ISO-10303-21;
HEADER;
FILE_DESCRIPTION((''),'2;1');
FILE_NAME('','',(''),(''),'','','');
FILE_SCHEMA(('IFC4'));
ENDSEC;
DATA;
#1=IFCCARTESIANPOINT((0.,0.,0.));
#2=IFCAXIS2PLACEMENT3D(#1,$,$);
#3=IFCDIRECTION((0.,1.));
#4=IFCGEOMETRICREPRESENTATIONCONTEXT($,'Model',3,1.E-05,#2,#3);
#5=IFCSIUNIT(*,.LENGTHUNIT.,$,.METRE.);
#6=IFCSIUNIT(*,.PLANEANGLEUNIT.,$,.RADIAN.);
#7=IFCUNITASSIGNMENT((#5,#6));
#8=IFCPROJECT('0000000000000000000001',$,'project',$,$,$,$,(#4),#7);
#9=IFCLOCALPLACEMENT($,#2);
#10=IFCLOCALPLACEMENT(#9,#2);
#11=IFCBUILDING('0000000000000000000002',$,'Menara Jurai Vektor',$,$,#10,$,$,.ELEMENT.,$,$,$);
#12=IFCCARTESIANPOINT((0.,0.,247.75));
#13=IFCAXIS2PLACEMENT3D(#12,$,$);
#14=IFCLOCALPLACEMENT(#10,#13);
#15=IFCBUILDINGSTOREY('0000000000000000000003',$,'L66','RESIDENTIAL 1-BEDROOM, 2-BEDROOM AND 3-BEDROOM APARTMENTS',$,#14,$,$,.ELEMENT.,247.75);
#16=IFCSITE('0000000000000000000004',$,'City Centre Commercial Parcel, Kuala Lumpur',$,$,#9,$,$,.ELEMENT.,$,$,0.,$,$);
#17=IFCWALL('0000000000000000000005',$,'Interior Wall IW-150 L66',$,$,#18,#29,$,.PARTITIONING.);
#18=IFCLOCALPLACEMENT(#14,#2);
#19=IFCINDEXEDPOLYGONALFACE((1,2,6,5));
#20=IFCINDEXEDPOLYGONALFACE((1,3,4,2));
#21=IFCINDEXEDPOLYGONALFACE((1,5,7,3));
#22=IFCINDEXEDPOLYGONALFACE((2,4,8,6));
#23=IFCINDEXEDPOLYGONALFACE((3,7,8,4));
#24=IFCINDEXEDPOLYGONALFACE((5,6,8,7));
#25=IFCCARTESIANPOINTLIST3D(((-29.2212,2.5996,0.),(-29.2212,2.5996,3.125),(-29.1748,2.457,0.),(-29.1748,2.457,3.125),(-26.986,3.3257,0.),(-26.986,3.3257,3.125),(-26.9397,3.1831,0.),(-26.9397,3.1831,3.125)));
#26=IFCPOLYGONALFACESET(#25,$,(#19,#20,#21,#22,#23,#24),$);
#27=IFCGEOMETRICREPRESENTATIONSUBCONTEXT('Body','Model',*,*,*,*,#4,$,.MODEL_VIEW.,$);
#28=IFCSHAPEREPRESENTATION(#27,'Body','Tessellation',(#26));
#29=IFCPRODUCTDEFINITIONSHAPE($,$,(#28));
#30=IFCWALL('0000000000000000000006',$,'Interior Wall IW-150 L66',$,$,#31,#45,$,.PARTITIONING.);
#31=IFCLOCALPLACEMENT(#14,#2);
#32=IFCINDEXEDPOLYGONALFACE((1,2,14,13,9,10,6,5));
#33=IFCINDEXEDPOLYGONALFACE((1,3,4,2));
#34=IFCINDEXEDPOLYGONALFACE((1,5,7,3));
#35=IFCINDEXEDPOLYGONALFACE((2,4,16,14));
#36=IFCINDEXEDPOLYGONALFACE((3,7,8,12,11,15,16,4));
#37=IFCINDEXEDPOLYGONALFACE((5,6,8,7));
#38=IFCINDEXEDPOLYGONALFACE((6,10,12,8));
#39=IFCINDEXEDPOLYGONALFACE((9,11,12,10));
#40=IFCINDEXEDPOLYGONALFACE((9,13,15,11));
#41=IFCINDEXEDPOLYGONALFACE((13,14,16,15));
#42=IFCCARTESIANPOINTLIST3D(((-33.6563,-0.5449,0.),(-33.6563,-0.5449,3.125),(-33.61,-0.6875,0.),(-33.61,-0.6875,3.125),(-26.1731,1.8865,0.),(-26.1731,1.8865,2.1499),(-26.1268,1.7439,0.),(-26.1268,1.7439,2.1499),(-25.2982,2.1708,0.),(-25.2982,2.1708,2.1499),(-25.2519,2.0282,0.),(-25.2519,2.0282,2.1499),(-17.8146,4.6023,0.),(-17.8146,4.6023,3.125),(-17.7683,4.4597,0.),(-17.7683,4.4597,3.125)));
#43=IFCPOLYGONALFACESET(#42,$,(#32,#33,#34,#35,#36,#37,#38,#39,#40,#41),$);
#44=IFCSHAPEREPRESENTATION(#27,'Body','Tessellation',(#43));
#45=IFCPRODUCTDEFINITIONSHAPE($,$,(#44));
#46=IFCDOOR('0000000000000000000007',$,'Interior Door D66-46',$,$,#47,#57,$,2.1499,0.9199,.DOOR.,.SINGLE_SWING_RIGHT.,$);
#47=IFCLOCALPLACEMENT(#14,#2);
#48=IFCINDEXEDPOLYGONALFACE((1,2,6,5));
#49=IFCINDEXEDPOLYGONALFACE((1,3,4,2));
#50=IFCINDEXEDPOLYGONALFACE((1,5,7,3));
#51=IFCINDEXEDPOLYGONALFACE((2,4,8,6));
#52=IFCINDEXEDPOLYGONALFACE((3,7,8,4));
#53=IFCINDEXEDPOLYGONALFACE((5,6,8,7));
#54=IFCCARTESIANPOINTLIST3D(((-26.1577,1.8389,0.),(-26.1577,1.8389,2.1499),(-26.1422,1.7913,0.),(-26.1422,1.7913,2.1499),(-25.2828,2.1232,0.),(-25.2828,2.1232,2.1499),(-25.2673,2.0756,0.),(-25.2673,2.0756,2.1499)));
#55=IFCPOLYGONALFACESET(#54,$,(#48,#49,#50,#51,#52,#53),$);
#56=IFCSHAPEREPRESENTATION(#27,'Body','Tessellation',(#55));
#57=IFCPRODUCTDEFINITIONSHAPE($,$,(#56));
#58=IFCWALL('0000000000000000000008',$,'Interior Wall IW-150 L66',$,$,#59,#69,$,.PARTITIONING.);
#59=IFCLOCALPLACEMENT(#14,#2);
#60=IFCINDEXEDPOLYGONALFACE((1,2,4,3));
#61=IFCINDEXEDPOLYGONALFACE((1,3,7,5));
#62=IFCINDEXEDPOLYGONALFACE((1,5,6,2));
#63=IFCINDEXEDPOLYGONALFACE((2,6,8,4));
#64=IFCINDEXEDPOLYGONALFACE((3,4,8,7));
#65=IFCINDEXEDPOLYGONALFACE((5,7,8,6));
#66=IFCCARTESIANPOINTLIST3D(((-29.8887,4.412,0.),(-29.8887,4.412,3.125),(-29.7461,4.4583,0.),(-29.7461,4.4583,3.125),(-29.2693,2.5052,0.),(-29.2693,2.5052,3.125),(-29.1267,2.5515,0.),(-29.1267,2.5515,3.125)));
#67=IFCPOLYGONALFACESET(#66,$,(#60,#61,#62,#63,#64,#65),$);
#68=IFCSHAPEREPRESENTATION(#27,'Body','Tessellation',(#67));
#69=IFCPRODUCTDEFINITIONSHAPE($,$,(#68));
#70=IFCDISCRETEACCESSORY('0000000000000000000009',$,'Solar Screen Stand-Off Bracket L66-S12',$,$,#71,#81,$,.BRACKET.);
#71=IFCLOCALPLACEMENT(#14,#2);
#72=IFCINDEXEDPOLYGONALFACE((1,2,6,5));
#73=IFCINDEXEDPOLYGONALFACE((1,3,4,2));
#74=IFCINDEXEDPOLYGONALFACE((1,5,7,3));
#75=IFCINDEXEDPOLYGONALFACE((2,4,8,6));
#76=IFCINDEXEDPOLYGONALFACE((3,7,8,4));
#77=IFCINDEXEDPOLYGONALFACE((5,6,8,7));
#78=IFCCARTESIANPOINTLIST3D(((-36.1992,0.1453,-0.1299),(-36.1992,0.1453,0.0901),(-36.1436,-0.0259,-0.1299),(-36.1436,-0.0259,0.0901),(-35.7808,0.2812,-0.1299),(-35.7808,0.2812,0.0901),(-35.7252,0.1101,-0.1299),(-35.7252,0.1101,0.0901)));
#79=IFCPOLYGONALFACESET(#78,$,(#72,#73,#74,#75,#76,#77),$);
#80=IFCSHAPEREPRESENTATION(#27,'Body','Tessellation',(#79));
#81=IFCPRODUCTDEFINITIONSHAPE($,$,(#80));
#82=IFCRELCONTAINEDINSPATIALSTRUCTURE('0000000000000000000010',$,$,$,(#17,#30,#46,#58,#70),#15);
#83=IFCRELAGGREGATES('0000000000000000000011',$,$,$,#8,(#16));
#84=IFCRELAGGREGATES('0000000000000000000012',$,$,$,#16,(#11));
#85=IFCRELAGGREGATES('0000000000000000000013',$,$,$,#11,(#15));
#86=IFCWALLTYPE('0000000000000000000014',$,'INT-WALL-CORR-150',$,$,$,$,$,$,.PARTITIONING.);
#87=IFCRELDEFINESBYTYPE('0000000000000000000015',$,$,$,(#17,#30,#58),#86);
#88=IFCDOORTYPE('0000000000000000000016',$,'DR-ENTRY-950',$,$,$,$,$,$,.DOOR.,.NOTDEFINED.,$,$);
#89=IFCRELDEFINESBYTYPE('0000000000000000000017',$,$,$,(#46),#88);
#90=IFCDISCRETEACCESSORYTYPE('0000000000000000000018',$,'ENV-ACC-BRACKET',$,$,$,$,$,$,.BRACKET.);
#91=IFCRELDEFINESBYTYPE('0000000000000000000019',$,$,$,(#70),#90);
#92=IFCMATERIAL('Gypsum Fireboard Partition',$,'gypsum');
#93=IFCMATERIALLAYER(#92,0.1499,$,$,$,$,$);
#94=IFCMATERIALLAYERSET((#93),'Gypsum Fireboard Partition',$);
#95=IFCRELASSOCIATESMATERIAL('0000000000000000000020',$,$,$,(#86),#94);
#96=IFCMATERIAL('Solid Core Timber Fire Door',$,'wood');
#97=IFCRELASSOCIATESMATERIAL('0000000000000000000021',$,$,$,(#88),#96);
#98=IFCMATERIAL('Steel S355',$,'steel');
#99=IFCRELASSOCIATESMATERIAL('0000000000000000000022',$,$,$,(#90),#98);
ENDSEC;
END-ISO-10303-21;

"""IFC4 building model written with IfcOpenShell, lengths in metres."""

from ifc_helpers import new_model, si_unit, direction, frame, frame_2d, origin, origin_2d, place, context, subcontext, project, spatial, rectangle, extrude, material, layer, layer_set, type_object, element, fill, save


model = new_model("IFC4")

# Units and contexts
model_context = context("Model", 3, precision=1e-05, world=origin(), true_north=direction((0.0, 1.0)))
body_context = subcontext(model_context, "Body", "Model", "MODEL_VIEW")
ifc_project = project(units=[si_unit("LENGTHUNIT", "METRE"), si_unit("PLANEANGLEUNIT", "RADIAN")], contexts=[model_context])

# Site, building, storey
site_placement = place(None, origin())
site = spatial("IfcSite", under=ifc_project, at=site_placement, Name="City Centre Commercial Parcel, Kuala Lumpur", CompositionType="ELEMENT", RefElevation=0.0)
building_placement = place(site_placement, origin())
building = spatial("IfcBuilding", under=site, at=building_placement, Name="Menara Jurai Vektor", CompositionType="ELEMENT")
storey_placement = place(building_placement, frame((0.0, 0.0, 247.75)))
storey = spatial("IfcBuildingStorey", under=building, at=storey_placement, Name="L66", Description="RESIDENTIAL 1-BEDROOM, 2-BEDROOM AND 3-BEDROOM APARTMENTS", CompositionType="ELEMENT", Elevation=247.75)

# Shared definitions
ifc_material_1 = material(Name="Steel S355", Category="steel")

# Wall
ifc_material_2 = material(Name="Gypsum Fireboard Partition", Category="gypsum")
ifc_layer_1 = layer(ifc_material_2, 0.1499)
ifc_layer_set_1 = layer_set([ifc_layer_1], Name="Gypsum Fireboard Partition")
wall_type = type_object("IfcWallType", Name="INT-WALL-CORR-150", PredefinedType="PARTITIONING", material=ifc_layer_set_1)
wall_1_placement = place(storey_placement, frame((-29.198, 2.5283, 0.0), z_axis=(0.0, 0.0, 1.0), x_axis=(0.951076, 0.308957, 0.0)))
element("IfcWall", 1, at=wall_1_placement, inside=storey, type_object=wall_type, Name="Interior Wall IW-150 L66", PredefinedType="PARTITIONING", context=body_context, shape_type="SweptSolid", body=[
    extrude(rectangle(XDim=2.3501, YDim=0.1499, at=frame_2d((1.175, 0.0))), origin(), (0.0, 0.0, 1.0), 3.125),
])

# Wall, opening, door
wall_2_placement = place(storey_placement, frame((-33.6333, -0.6162, 0.0), z_axis=(0.0, 0.0, 1.0), x_axis=(0.951058, 0.309012, 0.0)))
wall_2 = element("IfcWall", 2, at=wall_2_placement, inside=storey, type_object=wall_type, Name="Interior Wall IW-150 L66", PredefinedType="PARTITIONING", context=body_context, shape_type="SweptSolid", body=[
    extrude(rectangle(XDim=16.657, YDim=0.1499, at=frame_2d((8.3286, 0.0))), origin(), (0.0, 0.0, 1.0), 3.125),
])
opening_1_placement = place(wall_2_placement, frame((7.8684, 0.0, 0.0)))
opening_1 = element("IfcOpeningElement", 3, at=opening_1_placement, cuts=wall_2, PredefinedType="OPENING", context=body_context, shape_type="SweptSolid", body=[
    extrude(rectangle(XDim=0.9199, YDim=2.1499, at=frame_2d((0.46, 1.075))), frame((0.0, 0.085, 0.0), z_axis=(0.0, -1.0, 0.0), x_axis=(1.0, 0.0, 0.0)), (0.0, 0.0, 1.0), 0.1699),
])
ifc_material_3 = material(Name="Solid Core Timber Fire Door", Category="wood")
door_type_1 = type_object("IfcDoorType", Name="DR-ENTRY-950", OperationType="NOTDEFINED", PredefinedType="DOOR", material=ifc_material_3)
door_1_placement = place(opening_1_placement, origin())
door_1 = element("IfcDoor", 4, at=door_1_placement, inside=storey, type_object=door_type_1, Name="Interior Door D66-46", OperationType="SINGLE_SWING_RIGHT", OverallHeight=2.1499, OverallWidth=0.9199, PredefinedType="DOOR", context=body_context, shape_type="SweptSolid", body=[
    extrude(rectangle(XDim=0.9199, YDim=2.1499, at=frame_2d((0.46, 1.075))), frame((0.0, 0.0249, 0.0), z_axis=(0.0, -1.0, 0.0), x_axis=(1.0, 0.0, 0.0)), (0.0, 0.0, 1.0), 0.05),
])
fill(opening_1, door_1)

# Wall
wall_3_placement = place(storey_placement, frame((-29.198, 2.5283, 0.0), z_axis=(0.0, 0.0, 1.0), x_axis=(-0.308948, 0.951079, 0.0)))
element("IfcWall", 5, at=wall_3_placement, inside=storey, type_object=wall_type, Name="Interior Wall IW-150 L66", PredefinedType="PARTITIONING", context=body_context, shape_type="SweptSolid", body=[
    extrude(rectangle(XDim=2.0049, YDim=0.1499, at=frame_2d((1.0024, 0.0))), origin(), (0.0, 0.0, 1.0), 3.125),
])

# Discrete accessory
discrete_accessory_type = type_object("IfcDiscreteAccessoryType", Name="ENV-ACC-BRACKET", PredefinedType="BRACKET", material=ifc_material_1)
discrete_accessory_placement = place(storey_placement, frame((-35.9622, 0.1277, -0.1299), z_axis=(0.0, 0.0, 1.0), x_axis=(0.309017, -0.951057, 0.0)))
element("IfcDiscreteAccessory", 6, at=discrete_accessory_placement, inside=storey, type_object=discrete_accessory_type, Name="Solar Screen Stand-Off Bracket L66-S12", PredefinedType="BRACKET", context=body_context, shape_type="SweptSolid", body=[
    extrude(rectangle(XDim=0.1799, YDim=0.4399, at=origin_2d()), origin(), (0.0, 0.0, 1.0), 0.22),
])

save(model, "model.ifc")
